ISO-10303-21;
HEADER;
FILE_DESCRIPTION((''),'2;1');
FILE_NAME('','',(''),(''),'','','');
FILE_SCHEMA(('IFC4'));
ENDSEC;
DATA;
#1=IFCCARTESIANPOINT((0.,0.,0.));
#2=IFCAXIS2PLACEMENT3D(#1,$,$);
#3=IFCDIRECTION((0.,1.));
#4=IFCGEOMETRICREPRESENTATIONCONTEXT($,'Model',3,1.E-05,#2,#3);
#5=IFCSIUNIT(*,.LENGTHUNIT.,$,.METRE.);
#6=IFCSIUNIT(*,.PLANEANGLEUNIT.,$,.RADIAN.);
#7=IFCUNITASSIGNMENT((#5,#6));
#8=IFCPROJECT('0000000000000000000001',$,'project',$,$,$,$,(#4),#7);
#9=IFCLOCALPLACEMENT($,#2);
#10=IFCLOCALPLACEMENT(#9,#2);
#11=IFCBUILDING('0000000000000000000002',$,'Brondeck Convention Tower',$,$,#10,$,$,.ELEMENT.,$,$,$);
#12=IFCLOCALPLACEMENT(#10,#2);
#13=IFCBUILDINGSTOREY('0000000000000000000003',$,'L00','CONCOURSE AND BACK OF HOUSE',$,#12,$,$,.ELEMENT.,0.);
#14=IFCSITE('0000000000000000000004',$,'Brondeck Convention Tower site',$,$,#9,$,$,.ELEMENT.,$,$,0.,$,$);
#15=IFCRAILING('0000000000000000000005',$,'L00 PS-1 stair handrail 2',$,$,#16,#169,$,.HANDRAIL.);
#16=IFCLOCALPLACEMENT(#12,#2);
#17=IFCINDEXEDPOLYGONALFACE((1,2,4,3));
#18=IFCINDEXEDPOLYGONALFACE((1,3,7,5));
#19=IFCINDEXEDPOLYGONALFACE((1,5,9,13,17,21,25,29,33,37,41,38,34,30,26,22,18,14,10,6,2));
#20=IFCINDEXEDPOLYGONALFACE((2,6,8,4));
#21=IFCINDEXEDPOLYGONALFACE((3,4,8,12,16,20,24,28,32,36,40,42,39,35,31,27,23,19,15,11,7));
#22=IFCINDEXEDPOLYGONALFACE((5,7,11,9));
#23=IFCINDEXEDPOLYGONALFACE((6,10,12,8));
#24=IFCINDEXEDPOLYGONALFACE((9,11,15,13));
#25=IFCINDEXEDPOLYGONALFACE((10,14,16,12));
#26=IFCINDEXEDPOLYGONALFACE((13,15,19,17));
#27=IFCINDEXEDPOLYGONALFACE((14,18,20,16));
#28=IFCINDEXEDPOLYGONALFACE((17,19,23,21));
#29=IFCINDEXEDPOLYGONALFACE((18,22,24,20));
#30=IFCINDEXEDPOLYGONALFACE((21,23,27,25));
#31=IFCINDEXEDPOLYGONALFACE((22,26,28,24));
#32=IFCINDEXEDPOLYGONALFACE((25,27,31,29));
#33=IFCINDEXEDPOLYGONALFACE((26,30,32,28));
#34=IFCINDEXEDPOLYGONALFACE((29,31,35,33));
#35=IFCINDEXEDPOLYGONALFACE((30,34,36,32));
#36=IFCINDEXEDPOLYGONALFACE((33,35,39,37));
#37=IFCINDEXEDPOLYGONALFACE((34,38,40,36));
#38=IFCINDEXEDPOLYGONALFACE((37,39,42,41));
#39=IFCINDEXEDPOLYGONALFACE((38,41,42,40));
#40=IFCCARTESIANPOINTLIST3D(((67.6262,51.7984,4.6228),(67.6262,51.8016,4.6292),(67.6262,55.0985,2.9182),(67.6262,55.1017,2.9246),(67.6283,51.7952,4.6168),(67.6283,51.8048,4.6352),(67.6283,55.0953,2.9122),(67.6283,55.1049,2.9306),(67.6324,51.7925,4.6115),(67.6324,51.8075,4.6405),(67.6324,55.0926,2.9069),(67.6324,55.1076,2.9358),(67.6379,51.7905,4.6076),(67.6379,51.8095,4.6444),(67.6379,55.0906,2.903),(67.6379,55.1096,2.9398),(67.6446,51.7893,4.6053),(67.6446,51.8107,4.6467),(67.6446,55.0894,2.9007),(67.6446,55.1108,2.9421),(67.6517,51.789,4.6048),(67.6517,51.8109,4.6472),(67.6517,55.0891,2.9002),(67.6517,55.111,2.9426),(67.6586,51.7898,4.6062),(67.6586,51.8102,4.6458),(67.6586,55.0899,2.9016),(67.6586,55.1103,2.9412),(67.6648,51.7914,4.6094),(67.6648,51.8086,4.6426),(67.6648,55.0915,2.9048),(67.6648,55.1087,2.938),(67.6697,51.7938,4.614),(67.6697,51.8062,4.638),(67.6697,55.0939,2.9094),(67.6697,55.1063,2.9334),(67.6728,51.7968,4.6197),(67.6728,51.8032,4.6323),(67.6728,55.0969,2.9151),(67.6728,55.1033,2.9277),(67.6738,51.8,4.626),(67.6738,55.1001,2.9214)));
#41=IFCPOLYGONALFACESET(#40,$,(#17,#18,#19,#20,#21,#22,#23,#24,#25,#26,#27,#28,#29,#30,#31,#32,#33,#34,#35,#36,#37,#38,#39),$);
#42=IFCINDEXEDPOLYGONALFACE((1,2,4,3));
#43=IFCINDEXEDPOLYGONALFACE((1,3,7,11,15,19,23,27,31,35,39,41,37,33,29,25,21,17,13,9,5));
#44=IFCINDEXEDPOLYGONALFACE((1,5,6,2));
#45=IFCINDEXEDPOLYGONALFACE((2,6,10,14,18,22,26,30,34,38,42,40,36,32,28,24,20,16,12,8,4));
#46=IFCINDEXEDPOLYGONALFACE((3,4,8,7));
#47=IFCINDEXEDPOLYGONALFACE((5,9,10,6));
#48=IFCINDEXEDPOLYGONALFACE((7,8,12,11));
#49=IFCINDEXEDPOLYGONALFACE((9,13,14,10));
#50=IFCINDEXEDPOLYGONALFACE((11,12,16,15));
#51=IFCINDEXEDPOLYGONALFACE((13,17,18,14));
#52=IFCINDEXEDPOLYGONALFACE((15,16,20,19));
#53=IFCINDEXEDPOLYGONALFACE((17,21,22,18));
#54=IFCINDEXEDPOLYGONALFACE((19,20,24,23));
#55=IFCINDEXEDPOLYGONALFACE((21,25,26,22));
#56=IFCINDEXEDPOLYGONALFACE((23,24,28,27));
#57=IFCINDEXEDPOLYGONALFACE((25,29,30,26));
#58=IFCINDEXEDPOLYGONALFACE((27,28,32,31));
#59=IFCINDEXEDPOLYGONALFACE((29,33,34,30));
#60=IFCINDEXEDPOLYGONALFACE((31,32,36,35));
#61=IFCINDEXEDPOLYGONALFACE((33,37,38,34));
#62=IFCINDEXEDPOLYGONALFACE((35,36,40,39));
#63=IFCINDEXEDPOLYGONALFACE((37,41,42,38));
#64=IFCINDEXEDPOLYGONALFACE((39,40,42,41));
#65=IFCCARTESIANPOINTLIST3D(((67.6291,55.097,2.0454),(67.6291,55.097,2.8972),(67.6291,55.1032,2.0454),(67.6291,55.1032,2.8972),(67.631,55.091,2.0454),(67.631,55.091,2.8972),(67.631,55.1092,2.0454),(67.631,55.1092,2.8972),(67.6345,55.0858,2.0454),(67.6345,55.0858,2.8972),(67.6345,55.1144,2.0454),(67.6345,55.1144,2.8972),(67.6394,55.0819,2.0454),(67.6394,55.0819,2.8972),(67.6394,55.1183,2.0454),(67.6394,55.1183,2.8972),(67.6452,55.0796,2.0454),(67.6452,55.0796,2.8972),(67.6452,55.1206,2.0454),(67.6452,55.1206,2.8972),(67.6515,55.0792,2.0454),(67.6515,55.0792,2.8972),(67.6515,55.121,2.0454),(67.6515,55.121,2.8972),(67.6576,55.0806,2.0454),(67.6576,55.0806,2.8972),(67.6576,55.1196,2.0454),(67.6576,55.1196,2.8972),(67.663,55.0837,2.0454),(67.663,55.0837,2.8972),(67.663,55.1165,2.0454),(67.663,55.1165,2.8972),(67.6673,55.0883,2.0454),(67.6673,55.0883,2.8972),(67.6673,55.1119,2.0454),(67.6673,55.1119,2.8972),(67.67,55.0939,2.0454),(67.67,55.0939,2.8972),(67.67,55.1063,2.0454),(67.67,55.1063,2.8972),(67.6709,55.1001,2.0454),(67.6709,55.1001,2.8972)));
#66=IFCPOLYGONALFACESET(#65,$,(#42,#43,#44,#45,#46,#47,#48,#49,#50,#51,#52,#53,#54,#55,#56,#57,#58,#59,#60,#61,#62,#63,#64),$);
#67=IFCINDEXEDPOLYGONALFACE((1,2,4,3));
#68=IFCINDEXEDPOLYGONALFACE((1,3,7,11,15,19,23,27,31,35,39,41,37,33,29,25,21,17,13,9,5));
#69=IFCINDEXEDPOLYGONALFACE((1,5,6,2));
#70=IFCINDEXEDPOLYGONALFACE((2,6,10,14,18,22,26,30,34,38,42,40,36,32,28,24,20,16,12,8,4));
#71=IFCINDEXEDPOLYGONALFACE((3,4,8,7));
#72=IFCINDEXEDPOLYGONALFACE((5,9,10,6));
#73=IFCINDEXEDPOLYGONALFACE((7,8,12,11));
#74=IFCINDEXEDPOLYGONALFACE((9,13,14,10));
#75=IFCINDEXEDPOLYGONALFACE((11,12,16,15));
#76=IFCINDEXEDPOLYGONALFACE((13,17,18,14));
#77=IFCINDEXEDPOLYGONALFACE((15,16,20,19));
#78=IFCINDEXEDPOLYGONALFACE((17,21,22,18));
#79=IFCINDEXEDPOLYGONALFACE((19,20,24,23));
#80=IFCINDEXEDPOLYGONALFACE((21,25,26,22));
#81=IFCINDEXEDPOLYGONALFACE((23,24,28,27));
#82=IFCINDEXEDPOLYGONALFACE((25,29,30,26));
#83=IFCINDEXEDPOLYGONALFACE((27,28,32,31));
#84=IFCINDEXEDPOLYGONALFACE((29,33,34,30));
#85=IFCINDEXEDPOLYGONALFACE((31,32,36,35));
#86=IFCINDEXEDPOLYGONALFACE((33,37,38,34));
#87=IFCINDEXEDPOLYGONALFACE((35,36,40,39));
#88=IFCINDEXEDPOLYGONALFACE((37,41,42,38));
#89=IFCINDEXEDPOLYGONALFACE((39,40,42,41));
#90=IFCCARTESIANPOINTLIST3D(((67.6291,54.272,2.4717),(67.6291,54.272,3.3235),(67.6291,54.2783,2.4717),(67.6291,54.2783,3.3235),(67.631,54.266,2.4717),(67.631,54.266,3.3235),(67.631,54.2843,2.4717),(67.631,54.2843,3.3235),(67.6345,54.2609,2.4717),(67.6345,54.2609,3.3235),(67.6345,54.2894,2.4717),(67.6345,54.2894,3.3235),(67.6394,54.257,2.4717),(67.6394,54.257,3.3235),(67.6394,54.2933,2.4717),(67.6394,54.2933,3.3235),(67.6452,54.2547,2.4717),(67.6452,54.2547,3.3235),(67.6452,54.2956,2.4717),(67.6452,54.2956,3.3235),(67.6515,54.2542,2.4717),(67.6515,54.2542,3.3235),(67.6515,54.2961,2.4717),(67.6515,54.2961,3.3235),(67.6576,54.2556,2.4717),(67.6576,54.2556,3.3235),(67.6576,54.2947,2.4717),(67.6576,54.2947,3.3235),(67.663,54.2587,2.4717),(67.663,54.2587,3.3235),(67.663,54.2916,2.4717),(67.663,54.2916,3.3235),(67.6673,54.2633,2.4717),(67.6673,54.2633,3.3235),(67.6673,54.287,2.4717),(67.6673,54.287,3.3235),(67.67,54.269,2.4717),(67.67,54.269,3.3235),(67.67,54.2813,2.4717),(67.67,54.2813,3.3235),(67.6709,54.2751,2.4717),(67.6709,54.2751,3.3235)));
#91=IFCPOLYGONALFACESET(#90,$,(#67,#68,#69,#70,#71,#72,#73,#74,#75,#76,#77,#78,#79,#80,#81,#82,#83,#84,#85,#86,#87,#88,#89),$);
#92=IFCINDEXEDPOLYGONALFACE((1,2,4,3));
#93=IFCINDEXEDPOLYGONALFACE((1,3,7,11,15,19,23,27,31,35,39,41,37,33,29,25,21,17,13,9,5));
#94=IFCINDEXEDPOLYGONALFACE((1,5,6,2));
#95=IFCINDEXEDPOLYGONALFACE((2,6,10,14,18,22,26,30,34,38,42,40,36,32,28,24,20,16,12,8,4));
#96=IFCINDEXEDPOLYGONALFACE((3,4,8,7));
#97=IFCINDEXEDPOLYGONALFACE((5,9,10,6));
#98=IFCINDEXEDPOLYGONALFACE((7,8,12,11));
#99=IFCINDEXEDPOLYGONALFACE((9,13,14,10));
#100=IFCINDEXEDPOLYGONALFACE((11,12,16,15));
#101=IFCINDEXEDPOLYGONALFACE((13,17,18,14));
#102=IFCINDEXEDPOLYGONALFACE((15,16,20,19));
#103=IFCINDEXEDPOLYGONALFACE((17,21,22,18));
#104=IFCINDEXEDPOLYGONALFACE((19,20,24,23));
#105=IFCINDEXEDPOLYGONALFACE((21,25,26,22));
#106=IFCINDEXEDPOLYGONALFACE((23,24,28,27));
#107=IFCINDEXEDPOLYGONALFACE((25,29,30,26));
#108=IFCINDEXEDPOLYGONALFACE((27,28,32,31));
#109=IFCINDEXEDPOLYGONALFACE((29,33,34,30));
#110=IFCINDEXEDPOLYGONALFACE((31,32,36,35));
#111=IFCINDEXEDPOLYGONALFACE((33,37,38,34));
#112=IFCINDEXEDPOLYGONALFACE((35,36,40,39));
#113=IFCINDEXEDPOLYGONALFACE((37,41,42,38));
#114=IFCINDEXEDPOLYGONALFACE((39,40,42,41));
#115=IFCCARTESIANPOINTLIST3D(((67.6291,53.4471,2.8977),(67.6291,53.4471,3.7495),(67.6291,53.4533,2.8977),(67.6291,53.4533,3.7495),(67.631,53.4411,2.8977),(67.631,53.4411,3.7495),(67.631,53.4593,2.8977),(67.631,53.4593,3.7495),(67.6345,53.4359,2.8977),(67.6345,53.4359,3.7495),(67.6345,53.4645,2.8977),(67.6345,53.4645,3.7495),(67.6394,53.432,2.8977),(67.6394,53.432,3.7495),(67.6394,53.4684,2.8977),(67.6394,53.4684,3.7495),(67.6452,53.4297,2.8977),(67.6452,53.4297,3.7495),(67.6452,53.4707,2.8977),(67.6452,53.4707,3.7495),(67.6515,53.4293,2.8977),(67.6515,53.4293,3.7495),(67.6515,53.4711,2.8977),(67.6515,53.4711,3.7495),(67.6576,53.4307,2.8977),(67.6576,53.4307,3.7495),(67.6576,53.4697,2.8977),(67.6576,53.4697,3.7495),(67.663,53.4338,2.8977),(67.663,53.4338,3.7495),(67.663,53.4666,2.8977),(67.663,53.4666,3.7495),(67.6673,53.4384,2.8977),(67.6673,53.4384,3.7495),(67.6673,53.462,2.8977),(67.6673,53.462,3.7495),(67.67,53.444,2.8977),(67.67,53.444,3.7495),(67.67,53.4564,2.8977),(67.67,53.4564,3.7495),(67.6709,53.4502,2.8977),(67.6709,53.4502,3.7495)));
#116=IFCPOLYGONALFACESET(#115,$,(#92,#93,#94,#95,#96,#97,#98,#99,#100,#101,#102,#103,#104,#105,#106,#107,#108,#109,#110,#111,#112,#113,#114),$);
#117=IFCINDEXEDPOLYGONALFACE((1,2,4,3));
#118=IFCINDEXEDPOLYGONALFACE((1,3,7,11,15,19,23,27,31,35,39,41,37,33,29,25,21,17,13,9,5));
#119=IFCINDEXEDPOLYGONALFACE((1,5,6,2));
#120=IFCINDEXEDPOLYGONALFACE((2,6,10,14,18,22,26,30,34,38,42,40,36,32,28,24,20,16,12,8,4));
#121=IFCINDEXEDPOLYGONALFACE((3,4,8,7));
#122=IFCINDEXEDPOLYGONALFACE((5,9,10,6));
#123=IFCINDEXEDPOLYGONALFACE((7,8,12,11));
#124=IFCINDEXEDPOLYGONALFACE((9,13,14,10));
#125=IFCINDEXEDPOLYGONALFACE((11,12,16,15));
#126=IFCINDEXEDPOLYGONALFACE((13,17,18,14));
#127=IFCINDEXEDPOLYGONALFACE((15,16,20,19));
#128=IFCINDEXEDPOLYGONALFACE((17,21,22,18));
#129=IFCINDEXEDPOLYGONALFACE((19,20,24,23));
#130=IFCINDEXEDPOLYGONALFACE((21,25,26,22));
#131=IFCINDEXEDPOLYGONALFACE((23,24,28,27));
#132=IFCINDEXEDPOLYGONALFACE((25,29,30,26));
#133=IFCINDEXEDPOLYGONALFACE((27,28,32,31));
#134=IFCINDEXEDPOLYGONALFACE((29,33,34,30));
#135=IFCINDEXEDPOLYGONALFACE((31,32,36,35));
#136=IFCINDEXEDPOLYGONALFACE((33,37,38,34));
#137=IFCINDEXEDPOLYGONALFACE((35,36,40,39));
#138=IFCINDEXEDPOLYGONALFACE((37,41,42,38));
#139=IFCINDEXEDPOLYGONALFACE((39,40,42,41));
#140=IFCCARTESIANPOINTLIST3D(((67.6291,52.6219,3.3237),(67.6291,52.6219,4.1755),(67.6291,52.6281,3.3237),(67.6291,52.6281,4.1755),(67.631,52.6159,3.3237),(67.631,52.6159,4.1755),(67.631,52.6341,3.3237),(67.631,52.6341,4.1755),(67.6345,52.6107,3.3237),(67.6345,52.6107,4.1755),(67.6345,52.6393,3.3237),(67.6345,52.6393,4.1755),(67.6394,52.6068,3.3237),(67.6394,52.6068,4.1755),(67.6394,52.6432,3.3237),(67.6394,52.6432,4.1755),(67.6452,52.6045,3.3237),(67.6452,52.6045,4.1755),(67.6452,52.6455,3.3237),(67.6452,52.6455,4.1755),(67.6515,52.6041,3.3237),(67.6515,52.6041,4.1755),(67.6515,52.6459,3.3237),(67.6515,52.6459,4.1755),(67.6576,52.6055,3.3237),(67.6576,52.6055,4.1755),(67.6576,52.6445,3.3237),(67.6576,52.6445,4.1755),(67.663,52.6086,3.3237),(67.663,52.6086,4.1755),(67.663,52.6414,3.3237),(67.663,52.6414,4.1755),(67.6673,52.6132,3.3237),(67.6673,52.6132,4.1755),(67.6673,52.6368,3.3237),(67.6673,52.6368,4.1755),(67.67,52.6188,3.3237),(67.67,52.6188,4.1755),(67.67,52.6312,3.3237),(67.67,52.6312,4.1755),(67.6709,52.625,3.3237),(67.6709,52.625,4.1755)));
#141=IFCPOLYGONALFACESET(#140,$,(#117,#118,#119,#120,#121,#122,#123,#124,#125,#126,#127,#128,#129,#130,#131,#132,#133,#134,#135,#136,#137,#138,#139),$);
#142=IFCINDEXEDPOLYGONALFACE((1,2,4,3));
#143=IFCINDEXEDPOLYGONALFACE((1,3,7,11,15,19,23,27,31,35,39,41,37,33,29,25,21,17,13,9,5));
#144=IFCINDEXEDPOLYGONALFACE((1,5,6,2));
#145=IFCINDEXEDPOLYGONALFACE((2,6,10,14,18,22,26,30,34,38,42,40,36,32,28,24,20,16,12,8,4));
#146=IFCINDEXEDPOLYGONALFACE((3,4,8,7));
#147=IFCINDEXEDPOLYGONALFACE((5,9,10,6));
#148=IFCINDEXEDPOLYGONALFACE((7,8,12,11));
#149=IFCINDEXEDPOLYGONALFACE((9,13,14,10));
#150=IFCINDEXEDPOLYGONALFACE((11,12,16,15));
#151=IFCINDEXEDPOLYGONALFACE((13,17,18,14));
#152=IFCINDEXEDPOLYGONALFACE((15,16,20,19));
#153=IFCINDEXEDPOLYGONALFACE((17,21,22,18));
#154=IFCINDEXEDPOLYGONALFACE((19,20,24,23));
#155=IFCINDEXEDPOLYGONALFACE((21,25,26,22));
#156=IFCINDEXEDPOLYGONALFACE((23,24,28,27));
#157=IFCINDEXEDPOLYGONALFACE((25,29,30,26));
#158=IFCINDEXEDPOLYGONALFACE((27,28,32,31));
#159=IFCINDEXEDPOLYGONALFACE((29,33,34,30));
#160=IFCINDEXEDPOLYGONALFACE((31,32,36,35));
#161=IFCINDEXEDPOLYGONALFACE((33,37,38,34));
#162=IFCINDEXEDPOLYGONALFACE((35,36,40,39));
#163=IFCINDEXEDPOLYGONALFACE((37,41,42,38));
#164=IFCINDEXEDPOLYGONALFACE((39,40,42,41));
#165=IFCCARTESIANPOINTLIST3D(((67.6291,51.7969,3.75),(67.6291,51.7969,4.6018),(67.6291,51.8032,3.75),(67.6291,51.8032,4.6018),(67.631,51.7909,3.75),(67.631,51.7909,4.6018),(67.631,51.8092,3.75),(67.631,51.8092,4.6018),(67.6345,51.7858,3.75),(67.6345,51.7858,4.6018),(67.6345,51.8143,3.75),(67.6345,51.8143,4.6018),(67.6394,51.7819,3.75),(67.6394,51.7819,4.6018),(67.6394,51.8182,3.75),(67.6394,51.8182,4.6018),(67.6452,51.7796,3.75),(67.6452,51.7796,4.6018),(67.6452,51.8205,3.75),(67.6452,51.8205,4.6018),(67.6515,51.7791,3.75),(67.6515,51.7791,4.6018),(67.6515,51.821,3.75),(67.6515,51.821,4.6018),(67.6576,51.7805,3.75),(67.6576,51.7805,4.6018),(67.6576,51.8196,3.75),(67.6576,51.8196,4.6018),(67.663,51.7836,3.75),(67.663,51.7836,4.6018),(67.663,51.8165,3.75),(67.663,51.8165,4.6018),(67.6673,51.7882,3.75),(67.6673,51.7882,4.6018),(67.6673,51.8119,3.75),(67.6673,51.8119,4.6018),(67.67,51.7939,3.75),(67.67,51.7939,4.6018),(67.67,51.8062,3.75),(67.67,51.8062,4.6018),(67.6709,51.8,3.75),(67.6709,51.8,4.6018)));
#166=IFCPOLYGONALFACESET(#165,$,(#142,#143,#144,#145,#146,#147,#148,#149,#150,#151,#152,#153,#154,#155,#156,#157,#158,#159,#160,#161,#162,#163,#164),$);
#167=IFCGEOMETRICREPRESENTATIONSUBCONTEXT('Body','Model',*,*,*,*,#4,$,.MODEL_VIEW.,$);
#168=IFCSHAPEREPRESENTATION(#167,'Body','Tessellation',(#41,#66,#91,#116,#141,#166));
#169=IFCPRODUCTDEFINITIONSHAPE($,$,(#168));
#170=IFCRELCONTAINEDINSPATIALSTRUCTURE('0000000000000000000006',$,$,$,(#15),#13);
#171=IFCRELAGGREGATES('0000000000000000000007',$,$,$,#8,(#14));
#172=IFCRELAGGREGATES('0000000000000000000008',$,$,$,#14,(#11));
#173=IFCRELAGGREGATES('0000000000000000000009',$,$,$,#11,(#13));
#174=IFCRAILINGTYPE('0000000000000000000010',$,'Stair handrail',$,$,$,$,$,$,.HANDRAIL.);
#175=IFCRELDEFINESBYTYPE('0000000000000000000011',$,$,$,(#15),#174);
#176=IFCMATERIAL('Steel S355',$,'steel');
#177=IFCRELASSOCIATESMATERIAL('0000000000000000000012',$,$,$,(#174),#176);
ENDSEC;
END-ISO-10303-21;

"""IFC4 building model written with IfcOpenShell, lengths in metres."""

from ifc_helpers import new_model, si_unit, direction, frame, origin, origin_2d, place, context, subcontext, project, spatial, circle, extrude, material, type_object, element, save


model = new_model("IFC4")

# Units and contexts
model_context = context("Model", 3, precision=1e-05, world=origin(), true_north=direction((0.0, 1.0)))
body_context = subcontext(model_context, "Body", "Model", "MODEL_VIEW")
ifc_project = project(units=[si_unit("LENGTHUNIT", "METRE"), si_unit("PLANEANGLEUNIT", "RADIAN")], contexts=[model_context])

# Site, building, storey
site_placement = place(None, origin())
site = spatial("IfcSite", under=ifc_project, at=site_placement, Name="Brondeck Convention Tower site", CompositionType="ELEMENT", RefElevation=0.0)
building_placement = place(site_placement, origin())
building = spatial("IfcBuilding", under=site, at=building_placement, Name="Brondeck Convention Tower", CompositionType="ELEMENT")
storey_placement = place(building_placement, origin())
storey = spatial("IfcBuildingStorey", under=building, at=storey_placement, Name="L00", Description="CONCOURSE AND BACK OF HOUSE", CompositionType="ELEMENT", Elevation=0.0)

# Railing
ifc_material_1 = material(Name="Steel S355", Category="steel")
railing_type_1 = type_object("IfcRailingType", Name="Stair handrail", PredefinedType="HANDRAIL", material=ifc_material_1)
railing_1_placement = place(storey_placement, frame((67.6499, 55.1001, 2.0454)))
element("IfcRailing", 1, at=railing_1_placement, inside=storey, type_object=railing_type_1, Name="L00 PS-1 stair handrail 2", PredefinedType="HANDRAIL", context=body_context, shape_type="SweptSolid", body=[
    extrude(circle(Radius=0.0239, at=origin_2d()), frame((0.0, 0.0, 0.876), z_axis=(0.0, -0.888474, 0.458928), x_axis=(1.0, 0.0, 0.0)), (0.0, 0.0, 1.0), 3.7144),
    extrude(circle(Radius=0.021, at=origin_2d()), origin(), (0.0, 0.0, 1.0), 0.8518),
    extrude(circle(Radius=0.021, at=origin_2d()), frame((0.0, -0.825, 0.4263)), (0.0, 0.0, 1.0), 0.8518),
    extrude(circle(Radius=0.021, at=origin_2d()), frame((0.0, -1.6499, 0.8523)), (0.0, 0.0, 1.0), 0.8518),
    extrude(circle(Radius=0.021, at=origin_2d()), frame((0.0, -2.4751, 1.2783)), (0.0, 0.0, 1.0), 0.8518),
    extrude(circle(Radius=0.021, at=origin_2d()), frame((0.0, -3.3, 1.7046)), (0.0, 0.0, 1.0), 0.8518),
])

save(model, "model.ifc")
